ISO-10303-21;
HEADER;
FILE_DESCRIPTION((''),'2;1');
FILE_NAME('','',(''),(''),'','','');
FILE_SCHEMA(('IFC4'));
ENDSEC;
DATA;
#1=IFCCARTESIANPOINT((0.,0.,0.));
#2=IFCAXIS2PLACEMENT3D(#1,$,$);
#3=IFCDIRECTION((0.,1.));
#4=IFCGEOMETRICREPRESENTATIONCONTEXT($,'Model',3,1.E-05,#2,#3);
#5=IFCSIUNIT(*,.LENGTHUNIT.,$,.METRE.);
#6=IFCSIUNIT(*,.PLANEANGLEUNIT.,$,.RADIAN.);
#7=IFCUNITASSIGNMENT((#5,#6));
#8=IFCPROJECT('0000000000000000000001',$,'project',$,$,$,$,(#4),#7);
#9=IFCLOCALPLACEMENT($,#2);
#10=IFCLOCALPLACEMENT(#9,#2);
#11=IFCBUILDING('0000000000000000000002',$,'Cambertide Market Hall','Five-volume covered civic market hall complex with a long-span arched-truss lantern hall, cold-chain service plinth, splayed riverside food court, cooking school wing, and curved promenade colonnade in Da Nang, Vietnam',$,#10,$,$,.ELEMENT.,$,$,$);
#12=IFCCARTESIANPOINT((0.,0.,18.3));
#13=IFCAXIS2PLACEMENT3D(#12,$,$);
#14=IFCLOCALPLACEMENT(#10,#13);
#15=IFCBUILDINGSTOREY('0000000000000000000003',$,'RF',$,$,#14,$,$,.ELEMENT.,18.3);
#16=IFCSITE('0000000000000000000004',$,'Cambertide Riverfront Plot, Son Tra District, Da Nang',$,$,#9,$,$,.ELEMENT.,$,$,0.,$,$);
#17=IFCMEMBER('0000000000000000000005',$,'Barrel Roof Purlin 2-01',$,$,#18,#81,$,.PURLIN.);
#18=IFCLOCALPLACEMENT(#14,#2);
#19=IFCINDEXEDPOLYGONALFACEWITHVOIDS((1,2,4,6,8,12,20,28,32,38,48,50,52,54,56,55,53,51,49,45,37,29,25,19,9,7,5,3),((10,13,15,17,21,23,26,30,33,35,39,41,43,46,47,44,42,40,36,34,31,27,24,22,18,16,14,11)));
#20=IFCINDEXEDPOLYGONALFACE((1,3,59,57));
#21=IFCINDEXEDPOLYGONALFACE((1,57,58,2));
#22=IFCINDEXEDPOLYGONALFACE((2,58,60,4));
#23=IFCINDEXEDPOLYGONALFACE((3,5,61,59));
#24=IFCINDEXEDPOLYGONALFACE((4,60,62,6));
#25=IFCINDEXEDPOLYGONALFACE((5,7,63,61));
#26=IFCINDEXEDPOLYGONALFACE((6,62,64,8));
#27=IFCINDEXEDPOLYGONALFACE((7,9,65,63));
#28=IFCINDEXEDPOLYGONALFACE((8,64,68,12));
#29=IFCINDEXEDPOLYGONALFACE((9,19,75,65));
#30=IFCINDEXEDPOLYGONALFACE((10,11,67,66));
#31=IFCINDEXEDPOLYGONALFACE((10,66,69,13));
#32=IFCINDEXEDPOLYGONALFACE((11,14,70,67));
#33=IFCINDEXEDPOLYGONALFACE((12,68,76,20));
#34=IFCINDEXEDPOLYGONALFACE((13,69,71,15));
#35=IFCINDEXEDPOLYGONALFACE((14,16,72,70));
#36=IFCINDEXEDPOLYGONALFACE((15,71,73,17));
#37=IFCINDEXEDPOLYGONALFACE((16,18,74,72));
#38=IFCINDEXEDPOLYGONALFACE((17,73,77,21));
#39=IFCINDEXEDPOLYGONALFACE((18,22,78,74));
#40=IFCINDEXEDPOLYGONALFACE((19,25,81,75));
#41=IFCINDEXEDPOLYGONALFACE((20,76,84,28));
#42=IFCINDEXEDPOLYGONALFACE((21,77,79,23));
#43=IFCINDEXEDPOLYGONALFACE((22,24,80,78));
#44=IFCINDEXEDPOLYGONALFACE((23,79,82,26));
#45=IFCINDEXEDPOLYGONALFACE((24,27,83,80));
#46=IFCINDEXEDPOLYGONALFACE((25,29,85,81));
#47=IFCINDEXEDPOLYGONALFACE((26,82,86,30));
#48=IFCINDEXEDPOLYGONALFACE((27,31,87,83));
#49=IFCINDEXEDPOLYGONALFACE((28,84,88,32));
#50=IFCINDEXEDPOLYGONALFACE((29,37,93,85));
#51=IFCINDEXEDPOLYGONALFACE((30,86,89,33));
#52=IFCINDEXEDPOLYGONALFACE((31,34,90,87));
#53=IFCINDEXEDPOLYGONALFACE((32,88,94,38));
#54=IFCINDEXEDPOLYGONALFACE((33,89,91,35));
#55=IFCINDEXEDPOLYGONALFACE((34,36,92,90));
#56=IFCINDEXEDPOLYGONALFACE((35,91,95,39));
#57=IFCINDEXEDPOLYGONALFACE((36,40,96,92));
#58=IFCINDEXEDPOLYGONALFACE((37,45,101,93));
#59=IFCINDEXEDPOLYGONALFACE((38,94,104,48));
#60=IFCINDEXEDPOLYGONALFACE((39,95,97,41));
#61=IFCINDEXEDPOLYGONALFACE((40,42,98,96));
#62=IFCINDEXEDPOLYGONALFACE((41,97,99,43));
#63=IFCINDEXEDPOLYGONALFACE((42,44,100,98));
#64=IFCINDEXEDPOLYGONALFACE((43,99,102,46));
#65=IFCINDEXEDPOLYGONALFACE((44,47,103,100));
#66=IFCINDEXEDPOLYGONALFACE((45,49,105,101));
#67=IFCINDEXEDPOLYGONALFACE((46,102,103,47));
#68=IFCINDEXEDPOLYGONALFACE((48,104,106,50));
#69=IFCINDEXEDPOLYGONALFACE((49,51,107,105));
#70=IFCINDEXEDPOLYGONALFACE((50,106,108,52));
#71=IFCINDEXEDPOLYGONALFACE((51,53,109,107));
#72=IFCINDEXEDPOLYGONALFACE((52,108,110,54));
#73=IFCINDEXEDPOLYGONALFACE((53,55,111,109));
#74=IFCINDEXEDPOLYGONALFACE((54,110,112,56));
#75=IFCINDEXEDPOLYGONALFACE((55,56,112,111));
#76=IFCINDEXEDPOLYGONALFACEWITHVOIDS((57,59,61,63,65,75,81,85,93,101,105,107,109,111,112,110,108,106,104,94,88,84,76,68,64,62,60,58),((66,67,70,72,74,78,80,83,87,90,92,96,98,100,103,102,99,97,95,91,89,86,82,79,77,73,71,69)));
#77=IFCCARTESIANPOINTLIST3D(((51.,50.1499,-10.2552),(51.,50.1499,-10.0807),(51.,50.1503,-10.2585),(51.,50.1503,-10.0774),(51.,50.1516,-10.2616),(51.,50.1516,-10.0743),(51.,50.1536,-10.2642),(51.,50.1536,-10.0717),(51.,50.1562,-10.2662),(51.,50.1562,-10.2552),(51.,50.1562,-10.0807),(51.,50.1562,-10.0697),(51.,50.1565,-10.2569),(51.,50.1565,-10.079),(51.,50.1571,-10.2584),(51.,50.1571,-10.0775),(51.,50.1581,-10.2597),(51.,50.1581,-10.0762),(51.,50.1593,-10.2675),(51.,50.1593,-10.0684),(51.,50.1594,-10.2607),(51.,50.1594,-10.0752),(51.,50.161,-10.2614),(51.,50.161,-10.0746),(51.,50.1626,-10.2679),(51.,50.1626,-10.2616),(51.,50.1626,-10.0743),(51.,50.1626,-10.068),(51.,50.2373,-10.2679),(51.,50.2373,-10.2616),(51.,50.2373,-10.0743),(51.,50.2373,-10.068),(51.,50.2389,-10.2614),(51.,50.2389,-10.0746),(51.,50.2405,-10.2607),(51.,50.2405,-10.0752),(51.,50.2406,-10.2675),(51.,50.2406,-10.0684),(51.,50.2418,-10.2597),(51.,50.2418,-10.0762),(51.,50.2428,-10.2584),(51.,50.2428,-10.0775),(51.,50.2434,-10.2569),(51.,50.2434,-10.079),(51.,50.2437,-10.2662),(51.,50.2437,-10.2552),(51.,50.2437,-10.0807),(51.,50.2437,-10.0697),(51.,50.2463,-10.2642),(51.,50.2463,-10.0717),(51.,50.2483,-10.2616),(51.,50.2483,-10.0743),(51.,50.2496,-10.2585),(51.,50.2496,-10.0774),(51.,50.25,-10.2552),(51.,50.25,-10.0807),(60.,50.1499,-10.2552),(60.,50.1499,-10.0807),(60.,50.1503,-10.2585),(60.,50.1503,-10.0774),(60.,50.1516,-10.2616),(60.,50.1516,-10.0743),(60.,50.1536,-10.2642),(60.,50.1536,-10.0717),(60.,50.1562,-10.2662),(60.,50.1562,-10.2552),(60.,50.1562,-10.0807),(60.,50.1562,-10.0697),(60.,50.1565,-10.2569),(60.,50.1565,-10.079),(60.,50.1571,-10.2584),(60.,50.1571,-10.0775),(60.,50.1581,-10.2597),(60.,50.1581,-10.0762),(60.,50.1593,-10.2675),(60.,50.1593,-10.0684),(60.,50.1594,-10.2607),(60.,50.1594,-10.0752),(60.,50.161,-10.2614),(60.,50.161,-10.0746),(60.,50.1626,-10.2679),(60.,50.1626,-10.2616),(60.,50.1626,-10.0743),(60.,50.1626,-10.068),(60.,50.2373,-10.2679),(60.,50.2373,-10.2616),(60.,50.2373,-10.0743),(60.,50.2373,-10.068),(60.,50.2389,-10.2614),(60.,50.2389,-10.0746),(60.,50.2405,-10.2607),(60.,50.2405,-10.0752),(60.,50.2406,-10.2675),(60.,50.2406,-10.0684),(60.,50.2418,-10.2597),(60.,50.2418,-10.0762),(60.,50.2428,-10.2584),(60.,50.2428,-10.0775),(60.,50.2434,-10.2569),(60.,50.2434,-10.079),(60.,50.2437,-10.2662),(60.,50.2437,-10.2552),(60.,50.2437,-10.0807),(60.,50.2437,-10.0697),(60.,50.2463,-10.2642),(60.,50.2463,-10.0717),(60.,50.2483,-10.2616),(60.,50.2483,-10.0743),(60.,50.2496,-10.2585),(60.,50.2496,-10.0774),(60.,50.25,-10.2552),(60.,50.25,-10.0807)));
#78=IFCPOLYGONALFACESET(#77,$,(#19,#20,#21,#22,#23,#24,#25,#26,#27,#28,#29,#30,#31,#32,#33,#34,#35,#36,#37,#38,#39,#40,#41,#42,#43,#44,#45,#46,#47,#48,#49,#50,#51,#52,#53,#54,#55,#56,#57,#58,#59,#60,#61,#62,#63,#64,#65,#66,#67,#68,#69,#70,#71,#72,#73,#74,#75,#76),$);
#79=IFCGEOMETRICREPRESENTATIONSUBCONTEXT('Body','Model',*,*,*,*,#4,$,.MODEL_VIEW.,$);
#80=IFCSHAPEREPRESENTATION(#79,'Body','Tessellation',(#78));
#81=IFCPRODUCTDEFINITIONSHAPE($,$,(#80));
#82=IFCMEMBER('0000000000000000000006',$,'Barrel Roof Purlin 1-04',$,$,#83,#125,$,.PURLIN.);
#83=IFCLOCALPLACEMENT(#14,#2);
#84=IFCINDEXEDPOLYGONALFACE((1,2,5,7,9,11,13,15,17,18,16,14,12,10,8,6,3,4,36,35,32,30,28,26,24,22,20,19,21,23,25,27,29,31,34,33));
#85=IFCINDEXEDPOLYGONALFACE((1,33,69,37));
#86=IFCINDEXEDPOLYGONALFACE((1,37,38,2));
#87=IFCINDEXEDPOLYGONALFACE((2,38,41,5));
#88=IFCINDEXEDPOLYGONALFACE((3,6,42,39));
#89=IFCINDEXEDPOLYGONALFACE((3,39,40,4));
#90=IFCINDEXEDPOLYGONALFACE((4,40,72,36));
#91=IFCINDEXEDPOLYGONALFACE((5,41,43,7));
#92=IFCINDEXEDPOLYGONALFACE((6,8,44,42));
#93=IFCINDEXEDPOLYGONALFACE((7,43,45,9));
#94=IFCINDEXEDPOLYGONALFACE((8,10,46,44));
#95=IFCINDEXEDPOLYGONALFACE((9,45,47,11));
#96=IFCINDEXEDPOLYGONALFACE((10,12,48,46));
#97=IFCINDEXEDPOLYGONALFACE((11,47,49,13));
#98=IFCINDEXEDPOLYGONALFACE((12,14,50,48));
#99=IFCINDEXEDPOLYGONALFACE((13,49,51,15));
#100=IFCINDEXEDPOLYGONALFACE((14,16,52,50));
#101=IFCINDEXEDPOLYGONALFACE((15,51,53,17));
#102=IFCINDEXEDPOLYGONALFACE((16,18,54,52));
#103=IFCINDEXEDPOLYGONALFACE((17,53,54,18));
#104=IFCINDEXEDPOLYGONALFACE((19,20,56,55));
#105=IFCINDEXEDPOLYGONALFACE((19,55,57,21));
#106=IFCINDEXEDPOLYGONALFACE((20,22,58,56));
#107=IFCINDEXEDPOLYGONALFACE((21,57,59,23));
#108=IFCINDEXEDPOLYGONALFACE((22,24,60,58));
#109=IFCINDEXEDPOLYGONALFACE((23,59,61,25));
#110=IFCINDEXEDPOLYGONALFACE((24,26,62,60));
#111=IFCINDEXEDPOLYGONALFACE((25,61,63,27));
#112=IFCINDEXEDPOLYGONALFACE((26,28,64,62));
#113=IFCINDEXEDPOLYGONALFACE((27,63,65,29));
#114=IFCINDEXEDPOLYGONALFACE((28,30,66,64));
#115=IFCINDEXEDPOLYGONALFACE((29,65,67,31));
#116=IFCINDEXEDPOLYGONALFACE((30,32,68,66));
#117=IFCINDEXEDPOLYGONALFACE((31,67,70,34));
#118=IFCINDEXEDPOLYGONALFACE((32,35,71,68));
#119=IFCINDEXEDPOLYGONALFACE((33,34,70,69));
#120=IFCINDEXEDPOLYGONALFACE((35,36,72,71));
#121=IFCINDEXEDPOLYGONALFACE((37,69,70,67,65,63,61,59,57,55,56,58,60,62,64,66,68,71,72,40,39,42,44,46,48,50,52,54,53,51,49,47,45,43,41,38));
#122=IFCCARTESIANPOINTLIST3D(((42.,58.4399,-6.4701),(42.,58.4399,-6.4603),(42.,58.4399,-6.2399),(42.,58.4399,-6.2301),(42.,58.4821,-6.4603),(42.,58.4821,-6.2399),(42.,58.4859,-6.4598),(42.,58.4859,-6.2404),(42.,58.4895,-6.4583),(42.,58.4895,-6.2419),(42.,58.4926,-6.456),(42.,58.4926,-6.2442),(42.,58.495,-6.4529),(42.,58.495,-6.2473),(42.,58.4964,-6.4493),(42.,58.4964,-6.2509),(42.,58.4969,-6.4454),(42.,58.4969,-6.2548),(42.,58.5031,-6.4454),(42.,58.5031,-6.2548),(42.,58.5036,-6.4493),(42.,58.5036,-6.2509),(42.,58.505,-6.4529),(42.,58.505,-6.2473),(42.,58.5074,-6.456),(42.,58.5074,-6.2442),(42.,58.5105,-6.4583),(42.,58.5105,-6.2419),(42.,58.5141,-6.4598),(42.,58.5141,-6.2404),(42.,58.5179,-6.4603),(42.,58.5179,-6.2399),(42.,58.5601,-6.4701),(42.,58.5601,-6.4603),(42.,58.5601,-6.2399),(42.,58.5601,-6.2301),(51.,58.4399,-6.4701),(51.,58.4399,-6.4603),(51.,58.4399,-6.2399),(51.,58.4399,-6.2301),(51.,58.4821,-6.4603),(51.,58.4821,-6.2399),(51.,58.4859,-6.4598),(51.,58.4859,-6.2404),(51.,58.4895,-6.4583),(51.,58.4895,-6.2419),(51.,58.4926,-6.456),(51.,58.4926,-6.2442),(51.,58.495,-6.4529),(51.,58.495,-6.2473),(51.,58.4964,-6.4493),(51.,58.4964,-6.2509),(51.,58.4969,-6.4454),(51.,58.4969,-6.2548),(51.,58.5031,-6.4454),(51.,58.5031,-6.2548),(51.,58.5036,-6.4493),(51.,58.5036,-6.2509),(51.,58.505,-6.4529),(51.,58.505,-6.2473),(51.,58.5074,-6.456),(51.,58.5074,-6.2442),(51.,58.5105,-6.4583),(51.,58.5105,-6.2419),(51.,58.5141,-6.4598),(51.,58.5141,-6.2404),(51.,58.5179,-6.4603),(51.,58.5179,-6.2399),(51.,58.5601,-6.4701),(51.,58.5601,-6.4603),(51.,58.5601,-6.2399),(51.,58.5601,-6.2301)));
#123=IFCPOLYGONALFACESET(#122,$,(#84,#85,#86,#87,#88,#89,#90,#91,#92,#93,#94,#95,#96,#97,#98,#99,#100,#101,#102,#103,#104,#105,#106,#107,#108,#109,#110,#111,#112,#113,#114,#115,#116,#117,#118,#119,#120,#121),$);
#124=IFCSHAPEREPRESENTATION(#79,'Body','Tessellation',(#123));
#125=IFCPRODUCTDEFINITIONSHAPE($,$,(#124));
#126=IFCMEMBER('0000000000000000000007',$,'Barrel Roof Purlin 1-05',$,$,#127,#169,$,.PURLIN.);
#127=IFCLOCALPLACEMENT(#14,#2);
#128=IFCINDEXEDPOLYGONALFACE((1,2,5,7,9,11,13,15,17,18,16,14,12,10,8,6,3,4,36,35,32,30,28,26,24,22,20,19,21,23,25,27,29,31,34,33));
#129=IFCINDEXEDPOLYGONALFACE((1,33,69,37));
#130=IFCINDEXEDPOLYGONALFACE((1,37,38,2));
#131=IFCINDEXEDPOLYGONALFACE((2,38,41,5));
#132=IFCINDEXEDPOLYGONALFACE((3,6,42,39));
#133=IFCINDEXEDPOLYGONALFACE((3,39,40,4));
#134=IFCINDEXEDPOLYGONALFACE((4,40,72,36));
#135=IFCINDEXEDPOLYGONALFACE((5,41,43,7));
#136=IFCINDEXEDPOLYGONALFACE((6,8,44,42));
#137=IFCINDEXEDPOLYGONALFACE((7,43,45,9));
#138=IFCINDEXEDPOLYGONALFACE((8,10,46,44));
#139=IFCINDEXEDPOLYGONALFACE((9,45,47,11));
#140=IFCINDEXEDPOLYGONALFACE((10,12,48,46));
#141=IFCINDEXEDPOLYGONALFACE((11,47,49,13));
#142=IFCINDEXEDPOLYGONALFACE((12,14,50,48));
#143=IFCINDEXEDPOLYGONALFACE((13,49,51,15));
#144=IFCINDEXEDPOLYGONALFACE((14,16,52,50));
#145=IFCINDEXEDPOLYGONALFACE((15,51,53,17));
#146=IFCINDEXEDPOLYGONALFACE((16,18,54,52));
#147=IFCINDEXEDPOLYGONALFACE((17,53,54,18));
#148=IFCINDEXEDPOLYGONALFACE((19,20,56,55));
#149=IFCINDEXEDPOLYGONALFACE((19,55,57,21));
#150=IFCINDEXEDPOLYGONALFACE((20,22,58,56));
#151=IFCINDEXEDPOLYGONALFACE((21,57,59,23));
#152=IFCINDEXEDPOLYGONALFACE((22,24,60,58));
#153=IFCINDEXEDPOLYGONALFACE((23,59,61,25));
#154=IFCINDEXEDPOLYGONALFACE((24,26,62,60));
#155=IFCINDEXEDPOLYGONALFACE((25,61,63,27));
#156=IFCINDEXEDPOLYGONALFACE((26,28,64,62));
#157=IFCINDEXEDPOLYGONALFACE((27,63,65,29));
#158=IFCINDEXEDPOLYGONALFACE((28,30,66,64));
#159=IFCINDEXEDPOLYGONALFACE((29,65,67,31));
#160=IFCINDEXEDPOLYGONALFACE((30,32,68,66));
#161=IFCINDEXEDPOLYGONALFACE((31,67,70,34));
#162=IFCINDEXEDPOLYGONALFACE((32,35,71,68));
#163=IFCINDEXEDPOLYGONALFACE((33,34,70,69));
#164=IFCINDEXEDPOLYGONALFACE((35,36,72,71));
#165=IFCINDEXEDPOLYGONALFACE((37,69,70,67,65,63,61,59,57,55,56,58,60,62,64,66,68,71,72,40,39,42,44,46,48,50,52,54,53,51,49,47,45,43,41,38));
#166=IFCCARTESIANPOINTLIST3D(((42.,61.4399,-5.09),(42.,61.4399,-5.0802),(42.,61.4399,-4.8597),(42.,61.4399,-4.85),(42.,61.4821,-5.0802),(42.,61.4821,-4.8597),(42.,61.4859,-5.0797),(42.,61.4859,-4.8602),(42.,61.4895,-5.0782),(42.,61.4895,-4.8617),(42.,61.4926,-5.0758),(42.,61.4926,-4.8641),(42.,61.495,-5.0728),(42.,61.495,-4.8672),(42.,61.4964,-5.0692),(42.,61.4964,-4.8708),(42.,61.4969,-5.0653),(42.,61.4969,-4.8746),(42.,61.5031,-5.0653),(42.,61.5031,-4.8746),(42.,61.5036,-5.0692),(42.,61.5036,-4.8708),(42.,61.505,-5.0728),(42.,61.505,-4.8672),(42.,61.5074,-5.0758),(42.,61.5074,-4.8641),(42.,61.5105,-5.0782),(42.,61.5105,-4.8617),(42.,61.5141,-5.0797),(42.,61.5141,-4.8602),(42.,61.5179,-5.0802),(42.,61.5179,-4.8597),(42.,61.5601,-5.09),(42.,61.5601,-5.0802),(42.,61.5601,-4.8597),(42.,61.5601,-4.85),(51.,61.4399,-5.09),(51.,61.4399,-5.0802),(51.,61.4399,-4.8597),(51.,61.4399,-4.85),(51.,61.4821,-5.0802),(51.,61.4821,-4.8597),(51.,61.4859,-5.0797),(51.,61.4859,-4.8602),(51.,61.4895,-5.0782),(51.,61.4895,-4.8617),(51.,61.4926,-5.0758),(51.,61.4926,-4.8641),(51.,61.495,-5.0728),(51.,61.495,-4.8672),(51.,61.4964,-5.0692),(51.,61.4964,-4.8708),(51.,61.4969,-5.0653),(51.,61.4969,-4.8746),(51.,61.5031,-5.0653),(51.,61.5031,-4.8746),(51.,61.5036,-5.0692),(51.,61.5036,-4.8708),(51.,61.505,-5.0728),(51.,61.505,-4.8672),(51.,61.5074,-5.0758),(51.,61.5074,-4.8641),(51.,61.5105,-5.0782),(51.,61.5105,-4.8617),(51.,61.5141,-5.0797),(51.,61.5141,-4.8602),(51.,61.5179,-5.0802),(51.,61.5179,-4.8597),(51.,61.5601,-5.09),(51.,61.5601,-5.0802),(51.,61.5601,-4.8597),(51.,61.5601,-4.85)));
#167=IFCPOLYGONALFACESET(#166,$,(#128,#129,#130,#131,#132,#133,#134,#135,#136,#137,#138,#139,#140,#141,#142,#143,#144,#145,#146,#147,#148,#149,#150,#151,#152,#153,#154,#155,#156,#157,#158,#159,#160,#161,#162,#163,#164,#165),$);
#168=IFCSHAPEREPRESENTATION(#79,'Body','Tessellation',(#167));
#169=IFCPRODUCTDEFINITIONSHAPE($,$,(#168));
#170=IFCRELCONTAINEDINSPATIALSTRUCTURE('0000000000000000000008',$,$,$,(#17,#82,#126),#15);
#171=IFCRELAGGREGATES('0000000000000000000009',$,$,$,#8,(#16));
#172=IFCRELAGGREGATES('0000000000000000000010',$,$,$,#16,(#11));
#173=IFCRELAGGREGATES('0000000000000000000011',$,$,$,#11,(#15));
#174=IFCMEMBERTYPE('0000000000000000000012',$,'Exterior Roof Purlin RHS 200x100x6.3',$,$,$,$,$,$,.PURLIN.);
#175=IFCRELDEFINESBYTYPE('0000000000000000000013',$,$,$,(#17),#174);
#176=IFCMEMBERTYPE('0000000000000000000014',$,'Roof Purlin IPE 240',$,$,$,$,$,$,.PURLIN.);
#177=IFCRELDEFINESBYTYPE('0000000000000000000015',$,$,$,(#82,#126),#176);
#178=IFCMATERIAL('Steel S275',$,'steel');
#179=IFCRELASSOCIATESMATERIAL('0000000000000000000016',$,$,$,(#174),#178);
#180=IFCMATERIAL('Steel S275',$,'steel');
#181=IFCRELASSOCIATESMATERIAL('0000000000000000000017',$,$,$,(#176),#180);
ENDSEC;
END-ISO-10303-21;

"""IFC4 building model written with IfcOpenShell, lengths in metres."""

from ifc_helpers import new_model, si_unit, direction, frame, origin, origin_2d, place, context, subcontext, project, spatial, hollow_rectangle, i_section, extrude, material, material_profile, profile_set, type_object, element, save


model = new_model("IFC4")

# Units and contexts
model_context = context("Model", 3, precision=1e-05, world=origin(), true_north=direction((0.0, 1.0)))
body_context = subcontext(model_context, "Body", "Model", "MODEL_VIEW")
ifc_project = project(units=[si_unit("LENGTHUNIT", "METRE"), si_unit("PLANEANGLEUNIT", "RADIAN")], contexts=[model_context])

# Site, building, storey
site_placement = place(None, origin())
site = spatial("IfcSite", under=ifc_project, at=site_placement, Name="Cambertide Riverfront Plot, Son Tra District, Da Nang", CompositionType="ELEMENT", RefElevation=0.0)
building_placement = place(site_placement, origin())
building = spatial("IfcBuilding", under=site, at=building_placement, Name="Cambertide Market Hall", Description="Five-volume covered civic market hall complex with a long-span arched-truss lantern hall, cold-chain service plinth, splayed riverside food court, cooking school wing, and curved promenade colonnade in Da Nang, Vietnam", CompositionType="ELEMENT")
storey_placement = place(building_placement, frame((0.0, 0.0, 18.3)))
storey = spatial("IfcBuildingStorey", under=building, at=storey_placement, Name="RF", CompositionType="ELEMENT", Elevation=18.3)

# Members
ifc_material_1 = material(Name="Steel S275", Category="steel")
ifc_material_profile_1 = material_profile(ifc_material_1, hollow_rectangle(XDim=0.1001, YDim=0.2, WallThickness=0.0063, InnerFilletRadius=0.0063, OuterFilletRadius=0.0127, at=origin_2d()), Name="RHS 200x100x6.3")
ifc_profile_set_1 = profile_set([ifc_material_profile_1], Name="Steel S275")
member_type_1 = type_object("IfcMemberType", Name="Exterior Roof Purlin RHS 200x100x6.3", PredefinedType="PURLIN", material=ifc_profile_set_1)
member_1_placement = place(storey_placement, frame((51.0, 50.2, -10.168), z_axis=(1.0, 0.0, 0.0), x_axis=(0.0, 1.0, 0.0)))
element("IfcMember", 1, at=member_1_placement, inside=storey, type_object=member_type_1, Name="Barrel Roof Purlin 2-01", PredefinedType="PURLIN", context=body_context, shape_type="SweptSolid", body=[
    extrude(hollow_rectangle(XDim=0.1001, YDim=0.2, WallThickness=0.0063, InnerFilletRadius=0.0063, OuterFilletRadius=0.0127, at=origin_2d()), origin(), (0.0, 0.0, 1.0), 9.0),
])
ifc_material_2 = material(Name="Steel S275", Category="steel")
ifc_material_profile_2 = material_profile(ifc_material_2, i_section(OverallWidth=0.1201, OverallDepth=0.24, WebThickness=0.0061, FlangeThickness=0.0098, FilletRadius=0.0149, at=origin_2d()), Name="IPE 240")
ifc_profile_set_2 = profile_set([ifc_material_profile_2], Name="Steel S275")
member_type_2 = type_object("IfcMemberType", Name="Roof Purlin IPE 240", PredefinedType="PURLIN", material=ifc_profile_set_2)
for number, where, z_axis, x_axis, name in (
    (2, (42.0, 58.5, -6.3501), (1.0, 0.0, 0.0), (0.0, 1.0, 0.0), "Barrel Roof Purlin 1-04"),
    (3, (42.0, 61.5, -4.97), (1.0, 0.0, 0.0), (0.0, 1.0, 0.0), "Barrel Roof Purlin 1-05"),
):
    element("IfcMember", number, at=place(storey_placement, frame(where, z_axis=z_axis, x_axis=x_axis)), inside=storey, type_object=member_type_2, Name=name, PredefinedType="PURLIN", context=body_context, shape_type="SweptSolid", body=[
        extrude(i_section(OverallWidth=0.1201, OverallDepth=0.24, WebThickness=0.0061, FlangeThickness=0.0098, FilletRadius=0.0149, at=origin_2d()), origin(), (0.0, 0.0, 1.0), 9.0),
    ])

save(model, "model.ifc")
